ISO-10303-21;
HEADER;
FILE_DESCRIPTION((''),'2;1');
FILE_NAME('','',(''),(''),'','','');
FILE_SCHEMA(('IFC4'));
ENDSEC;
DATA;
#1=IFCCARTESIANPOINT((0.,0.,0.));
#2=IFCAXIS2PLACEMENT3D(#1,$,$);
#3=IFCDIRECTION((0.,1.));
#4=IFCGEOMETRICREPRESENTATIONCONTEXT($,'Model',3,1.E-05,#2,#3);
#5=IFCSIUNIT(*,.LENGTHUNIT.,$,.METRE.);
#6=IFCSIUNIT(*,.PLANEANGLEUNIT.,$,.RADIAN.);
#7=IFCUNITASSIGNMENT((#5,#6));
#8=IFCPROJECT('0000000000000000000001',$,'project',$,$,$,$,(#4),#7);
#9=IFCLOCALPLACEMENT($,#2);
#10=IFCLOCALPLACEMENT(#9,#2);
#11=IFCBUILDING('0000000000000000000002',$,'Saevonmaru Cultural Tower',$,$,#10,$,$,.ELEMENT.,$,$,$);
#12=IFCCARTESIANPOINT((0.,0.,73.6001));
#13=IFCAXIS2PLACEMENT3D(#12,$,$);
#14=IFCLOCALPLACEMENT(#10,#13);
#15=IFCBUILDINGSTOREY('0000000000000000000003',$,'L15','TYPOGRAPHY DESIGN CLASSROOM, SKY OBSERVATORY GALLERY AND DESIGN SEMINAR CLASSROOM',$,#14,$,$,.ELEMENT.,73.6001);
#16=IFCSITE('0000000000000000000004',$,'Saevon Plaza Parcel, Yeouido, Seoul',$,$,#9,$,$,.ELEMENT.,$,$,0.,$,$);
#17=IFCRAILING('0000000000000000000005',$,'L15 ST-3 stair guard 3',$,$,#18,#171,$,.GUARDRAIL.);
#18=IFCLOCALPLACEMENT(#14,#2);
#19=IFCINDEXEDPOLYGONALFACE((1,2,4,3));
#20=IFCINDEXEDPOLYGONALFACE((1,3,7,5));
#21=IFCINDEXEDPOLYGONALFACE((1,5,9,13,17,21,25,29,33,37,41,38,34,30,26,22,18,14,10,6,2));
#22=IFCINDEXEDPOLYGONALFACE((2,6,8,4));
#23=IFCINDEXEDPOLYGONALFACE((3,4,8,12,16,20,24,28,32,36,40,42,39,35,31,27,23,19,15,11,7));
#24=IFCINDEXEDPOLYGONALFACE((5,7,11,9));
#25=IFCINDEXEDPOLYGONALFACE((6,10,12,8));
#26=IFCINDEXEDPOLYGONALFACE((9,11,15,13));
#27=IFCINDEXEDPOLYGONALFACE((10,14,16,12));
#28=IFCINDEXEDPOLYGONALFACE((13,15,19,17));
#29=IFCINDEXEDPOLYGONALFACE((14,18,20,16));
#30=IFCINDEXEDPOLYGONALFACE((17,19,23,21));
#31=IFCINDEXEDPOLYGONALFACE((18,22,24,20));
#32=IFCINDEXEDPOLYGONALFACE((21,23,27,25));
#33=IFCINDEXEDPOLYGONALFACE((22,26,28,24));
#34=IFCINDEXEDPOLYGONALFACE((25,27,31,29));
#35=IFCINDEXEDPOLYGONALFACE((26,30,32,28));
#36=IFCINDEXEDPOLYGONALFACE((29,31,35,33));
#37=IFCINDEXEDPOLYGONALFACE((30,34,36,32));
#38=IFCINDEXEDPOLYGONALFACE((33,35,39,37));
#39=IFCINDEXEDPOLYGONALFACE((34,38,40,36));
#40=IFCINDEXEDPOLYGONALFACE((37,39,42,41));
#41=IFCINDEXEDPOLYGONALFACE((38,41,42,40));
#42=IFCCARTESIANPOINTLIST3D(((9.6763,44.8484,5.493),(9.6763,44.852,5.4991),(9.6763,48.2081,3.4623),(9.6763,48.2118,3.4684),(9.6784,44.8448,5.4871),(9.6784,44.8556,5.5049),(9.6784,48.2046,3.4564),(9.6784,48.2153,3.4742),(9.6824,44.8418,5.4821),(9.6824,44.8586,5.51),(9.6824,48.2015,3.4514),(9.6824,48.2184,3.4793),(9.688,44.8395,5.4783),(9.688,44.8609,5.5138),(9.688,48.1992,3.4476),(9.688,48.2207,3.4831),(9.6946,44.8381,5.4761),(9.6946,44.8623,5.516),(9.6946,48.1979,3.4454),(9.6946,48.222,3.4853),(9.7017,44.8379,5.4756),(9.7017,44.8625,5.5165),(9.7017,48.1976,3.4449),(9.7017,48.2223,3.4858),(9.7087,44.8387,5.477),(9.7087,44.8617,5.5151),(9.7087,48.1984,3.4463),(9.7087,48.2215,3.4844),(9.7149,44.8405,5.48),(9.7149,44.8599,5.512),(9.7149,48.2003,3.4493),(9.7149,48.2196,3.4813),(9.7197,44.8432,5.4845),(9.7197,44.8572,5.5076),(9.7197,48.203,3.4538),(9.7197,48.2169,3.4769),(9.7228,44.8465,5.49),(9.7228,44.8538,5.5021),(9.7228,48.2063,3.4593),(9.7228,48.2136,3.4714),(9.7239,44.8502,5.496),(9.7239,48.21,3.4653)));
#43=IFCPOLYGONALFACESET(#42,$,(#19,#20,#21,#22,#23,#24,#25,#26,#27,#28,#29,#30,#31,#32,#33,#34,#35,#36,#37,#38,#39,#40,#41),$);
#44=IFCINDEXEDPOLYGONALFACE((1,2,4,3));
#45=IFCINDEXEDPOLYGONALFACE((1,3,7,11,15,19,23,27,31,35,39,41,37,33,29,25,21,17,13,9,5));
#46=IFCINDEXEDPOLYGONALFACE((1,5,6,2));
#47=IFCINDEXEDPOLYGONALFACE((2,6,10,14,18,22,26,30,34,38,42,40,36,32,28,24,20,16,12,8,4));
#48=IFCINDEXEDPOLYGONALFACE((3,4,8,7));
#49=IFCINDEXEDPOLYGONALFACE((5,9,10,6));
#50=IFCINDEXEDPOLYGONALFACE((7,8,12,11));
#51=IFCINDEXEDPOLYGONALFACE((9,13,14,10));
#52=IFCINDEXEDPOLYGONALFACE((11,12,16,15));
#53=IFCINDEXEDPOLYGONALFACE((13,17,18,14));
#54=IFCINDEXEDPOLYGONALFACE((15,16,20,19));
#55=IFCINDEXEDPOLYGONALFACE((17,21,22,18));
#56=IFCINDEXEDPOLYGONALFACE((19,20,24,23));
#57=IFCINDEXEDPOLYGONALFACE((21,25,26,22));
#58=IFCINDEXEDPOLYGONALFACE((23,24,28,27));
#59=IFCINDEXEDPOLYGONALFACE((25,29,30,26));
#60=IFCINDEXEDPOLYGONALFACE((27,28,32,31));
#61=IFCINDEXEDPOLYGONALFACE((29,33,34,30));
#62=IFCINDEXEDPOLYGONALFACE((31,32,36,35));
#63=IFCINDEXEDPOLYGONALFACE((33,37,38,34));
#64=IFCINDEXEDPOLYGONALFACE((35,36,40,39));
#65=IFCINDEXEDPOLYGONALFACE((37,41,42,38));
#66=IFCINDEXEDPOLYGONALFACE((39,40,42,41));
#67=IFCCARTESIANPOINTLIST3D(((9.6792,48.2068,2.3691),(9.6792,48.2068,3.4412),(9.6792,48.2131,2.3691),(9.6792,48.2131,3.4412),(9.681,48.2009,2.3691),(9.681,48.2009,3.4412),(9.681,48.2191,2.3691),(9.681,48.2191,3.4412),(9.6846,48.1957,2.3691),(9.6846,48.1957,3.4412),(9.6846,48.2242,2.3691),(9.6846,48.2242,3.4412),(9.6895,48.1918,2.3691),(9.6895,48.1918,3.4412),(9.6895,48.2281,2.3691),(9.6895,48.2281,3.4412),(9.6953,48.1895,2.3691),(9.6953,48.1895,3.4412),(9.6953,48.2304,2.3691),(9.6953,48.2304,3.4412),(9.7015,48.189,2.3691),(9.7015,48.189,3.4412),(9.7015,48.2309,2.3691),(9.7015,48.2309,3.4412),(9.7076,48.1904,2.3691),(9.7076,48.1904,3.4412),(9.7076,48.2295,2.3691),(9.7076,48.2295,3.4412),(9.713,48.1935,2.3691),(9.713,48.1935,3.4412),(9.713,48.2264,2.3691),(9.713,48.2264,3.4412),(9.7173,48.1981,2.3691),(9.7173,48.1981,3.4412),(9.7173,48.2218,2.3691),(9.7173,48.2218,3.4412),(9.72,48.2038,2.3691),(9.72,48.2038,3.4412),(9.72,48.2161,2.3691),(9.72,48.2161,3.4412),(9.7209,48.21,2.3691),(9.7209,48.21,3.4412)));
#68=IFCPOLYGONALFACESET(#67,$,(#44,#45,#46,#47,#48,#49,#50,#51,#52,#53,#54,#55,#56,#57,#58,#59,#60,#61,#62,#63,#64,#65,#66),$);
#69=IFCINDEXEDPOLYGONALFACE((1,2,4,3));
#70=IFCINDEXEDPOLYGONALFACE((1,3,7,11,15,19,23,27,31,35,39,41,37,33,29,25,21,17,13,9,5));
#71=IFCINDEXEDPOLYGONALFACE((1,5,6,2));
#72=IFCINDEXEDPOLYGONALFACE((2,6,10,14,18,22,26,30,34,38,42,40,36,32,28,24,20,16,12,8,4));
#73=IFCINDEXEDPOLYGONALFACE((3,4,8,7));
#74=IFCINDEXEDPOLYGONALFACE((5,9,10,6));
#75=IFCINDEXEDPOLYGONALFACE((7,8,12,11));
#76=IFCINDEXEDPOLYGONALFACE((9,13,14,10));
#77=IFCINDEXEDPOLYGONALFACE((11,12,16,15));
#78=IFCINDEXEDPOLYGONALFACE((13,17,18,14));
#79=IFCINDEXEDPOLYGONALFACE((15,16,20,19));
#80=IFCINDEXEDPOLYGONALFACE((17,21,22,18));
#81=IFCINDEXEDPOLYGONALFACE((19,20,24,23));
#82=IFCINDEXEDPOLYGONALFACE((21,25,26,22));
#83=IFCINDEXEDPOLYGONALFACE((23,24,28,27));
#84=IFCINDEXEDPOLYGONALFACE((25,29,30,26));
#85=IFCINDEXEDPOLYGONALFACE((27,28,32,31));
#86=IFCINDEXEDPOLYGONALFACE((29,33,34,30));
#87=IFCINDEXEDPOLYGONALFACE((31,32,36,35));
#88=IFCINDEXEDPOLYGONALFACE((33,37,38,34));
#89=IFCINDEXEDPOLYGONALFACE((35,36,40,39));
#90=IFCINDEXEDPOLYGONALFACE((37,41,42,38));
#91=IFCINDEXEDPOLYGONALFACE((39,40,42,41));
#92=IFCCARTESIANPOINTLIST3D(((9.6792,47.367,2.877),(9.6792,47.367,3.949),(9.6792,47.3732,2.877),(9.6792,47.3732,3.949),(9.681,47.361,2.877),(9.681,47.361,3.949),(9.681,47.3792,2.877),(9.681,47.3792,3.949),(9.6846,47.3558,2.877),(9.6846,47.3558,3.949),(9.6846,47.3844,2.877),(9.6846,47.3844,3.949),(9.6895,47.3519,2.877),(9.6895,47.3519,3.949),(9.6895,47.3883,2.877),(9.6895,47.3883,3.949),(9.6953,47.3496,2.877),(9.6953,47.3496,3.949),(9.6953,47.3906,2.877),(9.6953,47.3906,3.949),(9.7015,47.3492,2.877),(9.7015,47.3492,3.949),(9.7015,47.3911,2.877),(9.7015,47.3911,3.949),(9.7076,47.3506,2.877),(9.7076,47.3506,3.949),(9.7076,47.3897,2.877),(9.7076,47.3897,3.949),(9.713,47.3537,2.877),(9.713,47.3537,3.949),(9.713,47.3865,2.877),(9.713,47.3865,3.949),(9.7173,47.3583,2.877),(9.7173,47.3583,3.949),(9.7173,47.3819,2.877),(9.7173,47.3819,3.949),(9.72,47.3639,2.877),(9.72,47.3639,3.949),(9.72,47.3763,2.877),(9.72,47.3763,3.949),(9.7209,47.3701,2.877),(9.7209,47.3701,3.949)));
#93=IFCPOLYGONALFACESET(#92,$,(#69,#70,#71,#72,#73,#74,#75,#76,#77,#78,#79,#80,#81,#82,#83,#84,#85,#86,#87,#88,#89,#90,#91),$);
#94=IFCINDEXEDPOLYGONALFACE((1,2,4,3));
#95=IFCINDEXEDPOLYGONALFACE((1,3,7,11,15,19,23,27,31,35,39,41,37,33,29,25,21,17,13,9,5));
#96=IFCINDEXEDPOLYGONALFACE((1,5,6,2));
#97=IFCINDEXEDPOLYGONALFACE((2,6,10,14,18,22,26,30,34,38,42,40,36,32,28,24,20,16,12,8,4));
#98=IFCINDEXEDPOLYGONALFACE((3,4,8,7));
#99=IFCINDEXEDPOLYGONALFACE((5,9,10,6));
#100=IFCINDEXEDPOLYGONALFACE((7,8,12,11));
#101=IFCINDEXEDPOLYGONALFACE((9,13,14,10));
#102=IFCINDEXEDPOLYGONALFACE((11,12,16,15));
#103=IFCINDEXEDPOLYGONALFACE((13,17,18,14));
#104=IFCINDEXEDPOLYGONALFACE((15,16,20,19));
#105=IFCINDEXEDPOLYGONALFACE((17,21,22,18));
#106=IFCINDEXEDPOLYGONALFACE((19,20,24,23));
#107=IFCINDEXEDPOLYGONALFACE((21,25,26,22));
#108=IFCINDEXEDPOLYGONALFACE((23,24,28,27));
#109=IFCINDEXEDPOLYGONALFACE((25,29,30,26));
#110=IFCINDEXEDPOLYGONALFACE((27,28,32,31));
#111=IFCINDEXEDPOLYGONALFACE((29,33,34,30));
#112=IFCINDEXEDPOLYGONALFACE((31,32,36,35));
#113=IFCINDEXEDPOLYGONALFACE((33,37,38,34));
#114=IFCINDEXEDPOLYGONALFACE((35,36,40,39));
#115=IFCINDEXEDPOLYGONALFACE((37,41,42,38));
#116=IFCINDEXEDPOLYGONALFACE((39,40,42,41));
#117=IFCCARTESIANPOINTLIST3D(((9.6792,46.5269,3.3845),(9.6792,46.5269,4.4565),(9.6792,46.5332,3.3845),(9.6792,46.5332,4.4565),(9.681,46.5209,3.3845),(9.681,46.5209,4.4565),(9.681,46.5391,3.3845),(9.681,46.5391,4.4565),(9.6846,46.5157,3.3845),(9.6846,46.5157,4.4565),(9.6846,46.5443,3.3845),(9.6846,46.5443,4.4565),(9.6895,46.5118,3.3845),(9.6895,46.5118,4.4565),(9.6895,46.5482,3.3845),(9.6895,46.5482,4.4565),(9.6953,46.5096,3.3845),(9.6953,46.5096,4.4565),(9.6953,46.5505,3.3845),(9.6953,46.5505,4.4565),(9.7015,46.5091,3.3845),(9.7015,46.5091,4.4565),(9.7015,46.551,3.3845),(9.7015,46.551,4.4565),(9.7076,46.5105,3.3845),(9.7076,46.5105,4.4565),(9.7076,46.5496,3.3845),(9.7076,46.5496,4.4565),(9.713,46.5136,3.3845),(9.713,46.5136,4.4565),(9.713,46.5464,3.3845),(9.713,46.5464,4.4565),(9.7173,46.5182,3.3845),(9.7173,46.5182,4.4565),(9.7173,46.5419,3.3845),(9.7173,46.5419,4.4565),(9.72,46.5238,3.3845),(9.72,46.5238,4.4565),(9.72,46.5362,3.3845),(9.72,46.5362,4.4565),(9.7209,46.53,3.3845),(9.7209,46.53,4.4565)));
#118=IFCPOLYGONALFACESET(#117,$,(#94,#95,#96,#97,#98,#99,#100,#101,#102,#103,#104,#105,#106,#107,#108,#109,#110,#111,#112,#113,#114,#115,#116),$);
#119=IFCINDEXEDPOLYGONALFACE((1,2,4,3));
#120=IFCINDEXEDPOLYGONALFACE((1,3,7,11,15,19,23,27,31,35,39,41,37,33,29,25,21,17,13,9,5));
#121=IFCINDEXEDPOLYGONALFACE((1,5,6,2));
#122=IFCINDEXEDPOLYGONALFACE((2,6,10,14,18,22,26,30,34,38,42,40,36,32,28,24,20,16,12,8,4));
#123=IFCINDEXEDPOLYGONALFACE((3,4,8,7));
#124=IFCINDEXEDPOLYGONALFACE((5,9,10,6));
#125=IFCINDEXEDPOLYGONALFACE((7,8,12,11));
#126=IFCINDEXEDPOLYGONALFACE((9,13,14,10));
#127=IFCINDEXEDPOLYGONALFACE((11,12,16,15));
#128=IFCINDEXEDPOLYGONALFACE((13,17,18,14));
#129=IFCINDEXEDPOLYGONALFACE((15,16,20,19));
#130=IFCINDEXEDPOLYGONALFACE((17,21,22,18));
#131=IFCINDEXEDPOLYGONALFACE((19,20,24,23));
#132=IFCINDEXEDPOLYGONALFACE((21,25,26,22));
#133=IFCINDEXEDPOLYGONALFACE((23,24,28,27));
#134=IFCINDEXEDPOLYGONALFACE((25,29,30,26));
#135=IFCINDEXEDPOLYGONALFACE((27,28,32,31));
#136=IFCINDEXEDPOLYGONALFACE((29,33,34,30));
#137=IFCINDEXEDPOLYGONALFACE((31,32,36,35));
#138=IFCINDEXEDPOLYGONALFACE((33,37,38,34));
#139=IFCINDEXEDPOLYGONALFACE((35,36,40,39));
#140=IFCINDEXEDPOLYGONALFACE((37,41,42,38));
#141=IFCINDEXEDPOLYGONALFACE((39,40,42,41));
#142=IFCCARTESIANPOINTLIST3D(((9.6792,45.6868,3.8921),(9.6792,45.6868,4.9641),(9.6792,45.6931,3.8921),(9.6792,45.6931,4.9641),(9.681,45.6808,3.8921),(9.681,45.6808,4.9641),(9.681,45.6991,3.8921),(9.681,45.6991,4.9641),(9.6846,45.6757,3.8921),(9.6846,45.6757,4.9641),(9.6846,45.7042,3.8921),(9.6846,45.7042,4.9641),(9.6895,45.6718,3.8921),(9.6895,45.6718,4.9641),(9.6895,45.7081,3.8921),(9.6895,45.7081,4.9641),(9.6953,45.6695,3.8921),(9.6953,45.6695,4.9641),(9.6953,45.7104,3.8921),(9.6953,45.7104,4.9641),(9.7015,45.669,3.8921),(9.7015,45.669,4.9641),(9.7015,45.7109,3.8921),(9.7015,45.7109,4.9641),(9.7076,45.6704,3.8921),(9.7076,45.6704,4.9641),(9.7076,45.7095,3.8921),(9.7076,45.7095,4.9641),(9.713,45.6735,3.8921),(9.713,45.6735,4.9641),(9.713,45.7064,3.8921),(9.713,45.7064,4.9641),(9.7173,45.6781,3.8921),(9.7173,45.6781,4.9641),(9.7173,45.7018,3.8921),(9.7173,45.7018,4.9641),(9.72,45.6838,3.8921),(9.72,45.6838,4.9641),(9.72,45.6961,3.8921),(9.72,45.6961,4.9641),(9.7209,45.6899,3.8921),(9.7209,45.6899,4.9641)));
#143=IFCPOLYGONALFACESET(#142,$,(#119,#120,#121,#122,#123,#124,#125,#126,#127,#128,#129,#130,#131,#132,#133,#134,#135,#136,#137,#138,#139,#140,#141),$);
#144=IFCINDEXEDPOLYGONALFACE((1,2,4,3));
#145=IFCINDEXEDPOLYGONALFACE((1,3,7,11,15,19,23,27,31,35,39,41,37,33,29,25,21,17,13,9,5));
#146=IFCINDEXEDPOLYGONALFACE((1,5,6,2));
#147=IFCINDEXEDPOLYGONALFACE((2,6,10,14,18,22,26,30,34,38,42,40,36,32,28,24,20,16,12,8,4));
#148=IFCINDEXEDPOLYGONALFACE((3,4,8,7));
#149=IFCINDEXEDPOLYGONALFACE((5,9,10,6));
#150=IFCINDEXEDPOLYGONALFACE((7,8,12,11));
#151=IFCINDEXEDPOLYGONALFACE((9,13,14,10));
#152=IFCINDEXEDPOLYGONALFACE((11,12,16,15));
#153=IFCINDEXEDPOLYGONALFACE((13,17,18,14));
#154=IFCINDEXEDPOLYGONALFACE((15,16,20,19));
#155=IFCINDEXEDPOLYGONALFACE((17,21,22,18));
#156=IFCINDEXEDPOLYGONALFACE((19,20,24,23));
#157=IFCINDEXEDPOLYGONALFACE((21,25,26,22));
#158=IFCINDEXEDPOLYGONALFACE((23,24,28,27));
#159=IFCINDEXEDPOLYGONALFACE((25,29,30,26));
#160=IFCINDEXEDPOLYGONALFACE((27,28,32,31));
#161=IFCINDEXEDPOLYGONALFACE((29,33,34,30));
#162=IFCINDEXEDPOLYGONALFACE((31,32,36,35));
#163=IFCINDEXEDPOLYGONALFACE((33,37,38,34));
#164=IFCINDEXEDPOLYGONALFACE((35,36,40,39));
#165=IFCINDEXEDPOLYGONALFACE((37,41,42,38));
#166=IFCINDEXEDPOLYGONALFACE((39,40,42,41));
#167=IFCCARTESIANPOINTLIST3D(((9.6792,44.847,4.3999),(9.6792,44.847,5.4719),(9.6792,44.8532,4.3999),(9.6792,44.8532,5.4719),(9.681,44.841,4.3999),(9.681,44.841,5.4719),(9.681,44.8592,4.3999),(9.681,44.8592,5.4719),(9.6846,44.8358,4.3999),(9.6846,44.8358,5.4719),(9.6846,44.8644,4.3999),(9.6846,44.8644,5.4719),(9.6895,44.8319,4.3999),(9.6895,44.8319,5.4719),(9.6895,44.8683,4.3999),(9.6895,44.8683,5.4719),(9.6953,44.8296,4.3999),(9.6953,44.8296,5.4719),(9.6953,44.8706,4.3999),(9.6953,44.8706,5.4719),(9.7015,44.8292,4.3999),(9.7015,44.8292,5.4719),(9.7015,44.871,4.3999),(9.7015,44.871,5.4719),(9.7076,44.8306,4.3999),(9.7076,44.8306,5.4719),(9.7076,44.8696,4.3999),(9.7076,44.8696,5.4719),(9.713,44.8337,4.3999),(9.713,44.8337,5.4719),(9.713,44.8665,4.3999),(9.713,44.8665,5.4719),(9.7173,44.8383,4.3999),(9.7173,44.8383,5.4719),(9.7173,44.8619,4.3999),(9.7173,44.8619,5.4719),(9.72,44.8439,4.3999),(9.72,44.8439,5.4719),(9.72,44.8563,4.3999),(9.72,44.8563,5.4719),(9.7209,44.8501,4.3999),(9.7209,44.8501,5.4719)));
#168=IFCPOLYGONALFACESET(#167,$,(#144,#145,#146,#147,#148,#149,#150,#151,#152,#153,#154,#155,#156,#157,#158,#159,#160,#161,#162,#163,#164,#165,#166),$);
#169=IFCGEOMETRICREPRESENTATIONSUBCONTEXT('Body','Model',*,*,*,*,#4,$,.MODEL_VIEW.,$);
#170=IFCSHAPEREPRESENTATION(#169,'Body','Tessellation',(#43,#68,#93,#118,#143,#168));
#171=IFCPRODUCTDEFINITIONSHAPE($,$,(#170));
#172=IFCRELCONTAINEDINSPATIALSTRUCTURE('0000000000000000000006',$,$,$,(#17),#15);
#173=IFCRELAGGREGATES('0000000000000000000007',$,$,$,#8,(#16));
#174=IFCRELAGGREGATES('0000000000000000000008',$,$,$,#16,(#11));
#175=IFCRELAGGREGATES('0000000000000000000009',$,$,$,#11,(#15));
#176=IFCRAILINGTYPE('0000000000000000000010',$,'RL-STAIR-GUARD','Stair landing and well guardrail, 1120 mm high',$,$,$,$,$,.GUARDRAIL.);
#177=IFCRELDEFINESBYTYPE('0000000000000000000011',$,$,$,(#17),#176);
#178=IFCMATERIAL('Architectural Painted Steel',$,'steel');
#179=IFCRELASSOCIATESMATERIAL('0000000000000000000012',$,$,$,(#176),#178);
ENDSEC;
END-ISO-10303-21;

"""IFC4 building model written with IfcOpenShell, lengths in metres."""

from ifc_helpers import new_model, si_unit, direction, frame, origin, origin_2d, place, context, subcontext, project, spatial, circle, extrude, material, type_object, element, save


model = new_model("IFC4")

# Units and contexts
model_context = context("Model", 3, precision=1e-05, world=origin(), true_north=direction((0.0, 1.0)))
body_context = subcontext(model_context, "Body", "Model", "MODEL_VIEW")
ifc_project = project(units=[si_unit("LENGTHUNIT", "METRE"), si_unit("PLANEANGLEUNIT", "RADIAN")], contexts=[model_context])

# Site, building, storey
site_placement = place(None, origin())
site = spatial("IfcSite", under=ifc_project, at=site_placement, Name="Saevon Plaza Parcel, Yeouido, Seoul", CompositionType="ELEMENT", RefElevation=0.0)
building_placement = place(site_placement, origin())
building = spatial("IfcBuilding", under=site, at=building_placement, Name="Saevonmaru Cultural Tower", CompositionType="ELEMENT")
storey_placement = place(building_placement, frame((0.0, 0.0, 73.6001)))
storey = spatial("IfcBuildingStorey", under=building, at=storey_placement, Name="L15", Description="TYPOGRAPHY DESIGN CLASSROOM, SKY OBSERVATORY GALLERY AND DESIGN SEMINAR CLASSROOM", CompositionType="ELEMENT", Elevation=73.6001)

# Railing
ifc_material_1 = material(Name="Architectural Painted Steel", Category="steel")
railing_type_1 = type_object("IfcRailingType", Name="RL-STAIR-GUARD", Description="Stair landing and well guardrail, 1120 mm high", PredefinedType="GUARDRAIL", material=ifc_material_1)
railing_1_placement = place(storey_placement, frame((9.7, 48.21, 2.3691)))
element("IfcRailing", 1, at=railing_1_placement, inside=storey, type_object=railing_type_1, Name="L15 ST-3 stair guard 3", PredefinedType="GUARDRAIL", context=body_context, shape_type="SweptSolid", body=[
    extrude(circle(Radius=0.0239, at=origin_2d()), frame((0.0, 0.0, 1.0962), z_axis=(0.0, -0.85582, 0.517273), x_axis=(1.0, 0.0, 0.0)), (0.0, 0.0, 1.0), 3.9258),
    extrude(circle(Radius=0.021, at=origin_2d()), origin(), (0.0, 0.0, 1.0), 1.072),
    extrude(circle(Radius=0.021, at=origin_2d()), frame((0.0, -0.8398, 0.5078)), (0.0, 0.0, 1.0), 1.072),
    extrude(circle(Radius=0.021, at=origin_2d()), frame((0.0, -1.6799, 1.0154)), (0.0, 0.0, 1.0), 1.072),
    extrude(circle(Radius=0.021, at=origin_2d()), frame((0.0, -2.52, 1.5229)), (0.0, 0.0, 1.0), 1.072),
    extrude(circle(Radius=0.021, at=origin_2d()), frame((0.0, -3.3599, 2.0308)), (0.0, 0.0, 1.0), 1.072),
])

save(model, "model.ifc")
